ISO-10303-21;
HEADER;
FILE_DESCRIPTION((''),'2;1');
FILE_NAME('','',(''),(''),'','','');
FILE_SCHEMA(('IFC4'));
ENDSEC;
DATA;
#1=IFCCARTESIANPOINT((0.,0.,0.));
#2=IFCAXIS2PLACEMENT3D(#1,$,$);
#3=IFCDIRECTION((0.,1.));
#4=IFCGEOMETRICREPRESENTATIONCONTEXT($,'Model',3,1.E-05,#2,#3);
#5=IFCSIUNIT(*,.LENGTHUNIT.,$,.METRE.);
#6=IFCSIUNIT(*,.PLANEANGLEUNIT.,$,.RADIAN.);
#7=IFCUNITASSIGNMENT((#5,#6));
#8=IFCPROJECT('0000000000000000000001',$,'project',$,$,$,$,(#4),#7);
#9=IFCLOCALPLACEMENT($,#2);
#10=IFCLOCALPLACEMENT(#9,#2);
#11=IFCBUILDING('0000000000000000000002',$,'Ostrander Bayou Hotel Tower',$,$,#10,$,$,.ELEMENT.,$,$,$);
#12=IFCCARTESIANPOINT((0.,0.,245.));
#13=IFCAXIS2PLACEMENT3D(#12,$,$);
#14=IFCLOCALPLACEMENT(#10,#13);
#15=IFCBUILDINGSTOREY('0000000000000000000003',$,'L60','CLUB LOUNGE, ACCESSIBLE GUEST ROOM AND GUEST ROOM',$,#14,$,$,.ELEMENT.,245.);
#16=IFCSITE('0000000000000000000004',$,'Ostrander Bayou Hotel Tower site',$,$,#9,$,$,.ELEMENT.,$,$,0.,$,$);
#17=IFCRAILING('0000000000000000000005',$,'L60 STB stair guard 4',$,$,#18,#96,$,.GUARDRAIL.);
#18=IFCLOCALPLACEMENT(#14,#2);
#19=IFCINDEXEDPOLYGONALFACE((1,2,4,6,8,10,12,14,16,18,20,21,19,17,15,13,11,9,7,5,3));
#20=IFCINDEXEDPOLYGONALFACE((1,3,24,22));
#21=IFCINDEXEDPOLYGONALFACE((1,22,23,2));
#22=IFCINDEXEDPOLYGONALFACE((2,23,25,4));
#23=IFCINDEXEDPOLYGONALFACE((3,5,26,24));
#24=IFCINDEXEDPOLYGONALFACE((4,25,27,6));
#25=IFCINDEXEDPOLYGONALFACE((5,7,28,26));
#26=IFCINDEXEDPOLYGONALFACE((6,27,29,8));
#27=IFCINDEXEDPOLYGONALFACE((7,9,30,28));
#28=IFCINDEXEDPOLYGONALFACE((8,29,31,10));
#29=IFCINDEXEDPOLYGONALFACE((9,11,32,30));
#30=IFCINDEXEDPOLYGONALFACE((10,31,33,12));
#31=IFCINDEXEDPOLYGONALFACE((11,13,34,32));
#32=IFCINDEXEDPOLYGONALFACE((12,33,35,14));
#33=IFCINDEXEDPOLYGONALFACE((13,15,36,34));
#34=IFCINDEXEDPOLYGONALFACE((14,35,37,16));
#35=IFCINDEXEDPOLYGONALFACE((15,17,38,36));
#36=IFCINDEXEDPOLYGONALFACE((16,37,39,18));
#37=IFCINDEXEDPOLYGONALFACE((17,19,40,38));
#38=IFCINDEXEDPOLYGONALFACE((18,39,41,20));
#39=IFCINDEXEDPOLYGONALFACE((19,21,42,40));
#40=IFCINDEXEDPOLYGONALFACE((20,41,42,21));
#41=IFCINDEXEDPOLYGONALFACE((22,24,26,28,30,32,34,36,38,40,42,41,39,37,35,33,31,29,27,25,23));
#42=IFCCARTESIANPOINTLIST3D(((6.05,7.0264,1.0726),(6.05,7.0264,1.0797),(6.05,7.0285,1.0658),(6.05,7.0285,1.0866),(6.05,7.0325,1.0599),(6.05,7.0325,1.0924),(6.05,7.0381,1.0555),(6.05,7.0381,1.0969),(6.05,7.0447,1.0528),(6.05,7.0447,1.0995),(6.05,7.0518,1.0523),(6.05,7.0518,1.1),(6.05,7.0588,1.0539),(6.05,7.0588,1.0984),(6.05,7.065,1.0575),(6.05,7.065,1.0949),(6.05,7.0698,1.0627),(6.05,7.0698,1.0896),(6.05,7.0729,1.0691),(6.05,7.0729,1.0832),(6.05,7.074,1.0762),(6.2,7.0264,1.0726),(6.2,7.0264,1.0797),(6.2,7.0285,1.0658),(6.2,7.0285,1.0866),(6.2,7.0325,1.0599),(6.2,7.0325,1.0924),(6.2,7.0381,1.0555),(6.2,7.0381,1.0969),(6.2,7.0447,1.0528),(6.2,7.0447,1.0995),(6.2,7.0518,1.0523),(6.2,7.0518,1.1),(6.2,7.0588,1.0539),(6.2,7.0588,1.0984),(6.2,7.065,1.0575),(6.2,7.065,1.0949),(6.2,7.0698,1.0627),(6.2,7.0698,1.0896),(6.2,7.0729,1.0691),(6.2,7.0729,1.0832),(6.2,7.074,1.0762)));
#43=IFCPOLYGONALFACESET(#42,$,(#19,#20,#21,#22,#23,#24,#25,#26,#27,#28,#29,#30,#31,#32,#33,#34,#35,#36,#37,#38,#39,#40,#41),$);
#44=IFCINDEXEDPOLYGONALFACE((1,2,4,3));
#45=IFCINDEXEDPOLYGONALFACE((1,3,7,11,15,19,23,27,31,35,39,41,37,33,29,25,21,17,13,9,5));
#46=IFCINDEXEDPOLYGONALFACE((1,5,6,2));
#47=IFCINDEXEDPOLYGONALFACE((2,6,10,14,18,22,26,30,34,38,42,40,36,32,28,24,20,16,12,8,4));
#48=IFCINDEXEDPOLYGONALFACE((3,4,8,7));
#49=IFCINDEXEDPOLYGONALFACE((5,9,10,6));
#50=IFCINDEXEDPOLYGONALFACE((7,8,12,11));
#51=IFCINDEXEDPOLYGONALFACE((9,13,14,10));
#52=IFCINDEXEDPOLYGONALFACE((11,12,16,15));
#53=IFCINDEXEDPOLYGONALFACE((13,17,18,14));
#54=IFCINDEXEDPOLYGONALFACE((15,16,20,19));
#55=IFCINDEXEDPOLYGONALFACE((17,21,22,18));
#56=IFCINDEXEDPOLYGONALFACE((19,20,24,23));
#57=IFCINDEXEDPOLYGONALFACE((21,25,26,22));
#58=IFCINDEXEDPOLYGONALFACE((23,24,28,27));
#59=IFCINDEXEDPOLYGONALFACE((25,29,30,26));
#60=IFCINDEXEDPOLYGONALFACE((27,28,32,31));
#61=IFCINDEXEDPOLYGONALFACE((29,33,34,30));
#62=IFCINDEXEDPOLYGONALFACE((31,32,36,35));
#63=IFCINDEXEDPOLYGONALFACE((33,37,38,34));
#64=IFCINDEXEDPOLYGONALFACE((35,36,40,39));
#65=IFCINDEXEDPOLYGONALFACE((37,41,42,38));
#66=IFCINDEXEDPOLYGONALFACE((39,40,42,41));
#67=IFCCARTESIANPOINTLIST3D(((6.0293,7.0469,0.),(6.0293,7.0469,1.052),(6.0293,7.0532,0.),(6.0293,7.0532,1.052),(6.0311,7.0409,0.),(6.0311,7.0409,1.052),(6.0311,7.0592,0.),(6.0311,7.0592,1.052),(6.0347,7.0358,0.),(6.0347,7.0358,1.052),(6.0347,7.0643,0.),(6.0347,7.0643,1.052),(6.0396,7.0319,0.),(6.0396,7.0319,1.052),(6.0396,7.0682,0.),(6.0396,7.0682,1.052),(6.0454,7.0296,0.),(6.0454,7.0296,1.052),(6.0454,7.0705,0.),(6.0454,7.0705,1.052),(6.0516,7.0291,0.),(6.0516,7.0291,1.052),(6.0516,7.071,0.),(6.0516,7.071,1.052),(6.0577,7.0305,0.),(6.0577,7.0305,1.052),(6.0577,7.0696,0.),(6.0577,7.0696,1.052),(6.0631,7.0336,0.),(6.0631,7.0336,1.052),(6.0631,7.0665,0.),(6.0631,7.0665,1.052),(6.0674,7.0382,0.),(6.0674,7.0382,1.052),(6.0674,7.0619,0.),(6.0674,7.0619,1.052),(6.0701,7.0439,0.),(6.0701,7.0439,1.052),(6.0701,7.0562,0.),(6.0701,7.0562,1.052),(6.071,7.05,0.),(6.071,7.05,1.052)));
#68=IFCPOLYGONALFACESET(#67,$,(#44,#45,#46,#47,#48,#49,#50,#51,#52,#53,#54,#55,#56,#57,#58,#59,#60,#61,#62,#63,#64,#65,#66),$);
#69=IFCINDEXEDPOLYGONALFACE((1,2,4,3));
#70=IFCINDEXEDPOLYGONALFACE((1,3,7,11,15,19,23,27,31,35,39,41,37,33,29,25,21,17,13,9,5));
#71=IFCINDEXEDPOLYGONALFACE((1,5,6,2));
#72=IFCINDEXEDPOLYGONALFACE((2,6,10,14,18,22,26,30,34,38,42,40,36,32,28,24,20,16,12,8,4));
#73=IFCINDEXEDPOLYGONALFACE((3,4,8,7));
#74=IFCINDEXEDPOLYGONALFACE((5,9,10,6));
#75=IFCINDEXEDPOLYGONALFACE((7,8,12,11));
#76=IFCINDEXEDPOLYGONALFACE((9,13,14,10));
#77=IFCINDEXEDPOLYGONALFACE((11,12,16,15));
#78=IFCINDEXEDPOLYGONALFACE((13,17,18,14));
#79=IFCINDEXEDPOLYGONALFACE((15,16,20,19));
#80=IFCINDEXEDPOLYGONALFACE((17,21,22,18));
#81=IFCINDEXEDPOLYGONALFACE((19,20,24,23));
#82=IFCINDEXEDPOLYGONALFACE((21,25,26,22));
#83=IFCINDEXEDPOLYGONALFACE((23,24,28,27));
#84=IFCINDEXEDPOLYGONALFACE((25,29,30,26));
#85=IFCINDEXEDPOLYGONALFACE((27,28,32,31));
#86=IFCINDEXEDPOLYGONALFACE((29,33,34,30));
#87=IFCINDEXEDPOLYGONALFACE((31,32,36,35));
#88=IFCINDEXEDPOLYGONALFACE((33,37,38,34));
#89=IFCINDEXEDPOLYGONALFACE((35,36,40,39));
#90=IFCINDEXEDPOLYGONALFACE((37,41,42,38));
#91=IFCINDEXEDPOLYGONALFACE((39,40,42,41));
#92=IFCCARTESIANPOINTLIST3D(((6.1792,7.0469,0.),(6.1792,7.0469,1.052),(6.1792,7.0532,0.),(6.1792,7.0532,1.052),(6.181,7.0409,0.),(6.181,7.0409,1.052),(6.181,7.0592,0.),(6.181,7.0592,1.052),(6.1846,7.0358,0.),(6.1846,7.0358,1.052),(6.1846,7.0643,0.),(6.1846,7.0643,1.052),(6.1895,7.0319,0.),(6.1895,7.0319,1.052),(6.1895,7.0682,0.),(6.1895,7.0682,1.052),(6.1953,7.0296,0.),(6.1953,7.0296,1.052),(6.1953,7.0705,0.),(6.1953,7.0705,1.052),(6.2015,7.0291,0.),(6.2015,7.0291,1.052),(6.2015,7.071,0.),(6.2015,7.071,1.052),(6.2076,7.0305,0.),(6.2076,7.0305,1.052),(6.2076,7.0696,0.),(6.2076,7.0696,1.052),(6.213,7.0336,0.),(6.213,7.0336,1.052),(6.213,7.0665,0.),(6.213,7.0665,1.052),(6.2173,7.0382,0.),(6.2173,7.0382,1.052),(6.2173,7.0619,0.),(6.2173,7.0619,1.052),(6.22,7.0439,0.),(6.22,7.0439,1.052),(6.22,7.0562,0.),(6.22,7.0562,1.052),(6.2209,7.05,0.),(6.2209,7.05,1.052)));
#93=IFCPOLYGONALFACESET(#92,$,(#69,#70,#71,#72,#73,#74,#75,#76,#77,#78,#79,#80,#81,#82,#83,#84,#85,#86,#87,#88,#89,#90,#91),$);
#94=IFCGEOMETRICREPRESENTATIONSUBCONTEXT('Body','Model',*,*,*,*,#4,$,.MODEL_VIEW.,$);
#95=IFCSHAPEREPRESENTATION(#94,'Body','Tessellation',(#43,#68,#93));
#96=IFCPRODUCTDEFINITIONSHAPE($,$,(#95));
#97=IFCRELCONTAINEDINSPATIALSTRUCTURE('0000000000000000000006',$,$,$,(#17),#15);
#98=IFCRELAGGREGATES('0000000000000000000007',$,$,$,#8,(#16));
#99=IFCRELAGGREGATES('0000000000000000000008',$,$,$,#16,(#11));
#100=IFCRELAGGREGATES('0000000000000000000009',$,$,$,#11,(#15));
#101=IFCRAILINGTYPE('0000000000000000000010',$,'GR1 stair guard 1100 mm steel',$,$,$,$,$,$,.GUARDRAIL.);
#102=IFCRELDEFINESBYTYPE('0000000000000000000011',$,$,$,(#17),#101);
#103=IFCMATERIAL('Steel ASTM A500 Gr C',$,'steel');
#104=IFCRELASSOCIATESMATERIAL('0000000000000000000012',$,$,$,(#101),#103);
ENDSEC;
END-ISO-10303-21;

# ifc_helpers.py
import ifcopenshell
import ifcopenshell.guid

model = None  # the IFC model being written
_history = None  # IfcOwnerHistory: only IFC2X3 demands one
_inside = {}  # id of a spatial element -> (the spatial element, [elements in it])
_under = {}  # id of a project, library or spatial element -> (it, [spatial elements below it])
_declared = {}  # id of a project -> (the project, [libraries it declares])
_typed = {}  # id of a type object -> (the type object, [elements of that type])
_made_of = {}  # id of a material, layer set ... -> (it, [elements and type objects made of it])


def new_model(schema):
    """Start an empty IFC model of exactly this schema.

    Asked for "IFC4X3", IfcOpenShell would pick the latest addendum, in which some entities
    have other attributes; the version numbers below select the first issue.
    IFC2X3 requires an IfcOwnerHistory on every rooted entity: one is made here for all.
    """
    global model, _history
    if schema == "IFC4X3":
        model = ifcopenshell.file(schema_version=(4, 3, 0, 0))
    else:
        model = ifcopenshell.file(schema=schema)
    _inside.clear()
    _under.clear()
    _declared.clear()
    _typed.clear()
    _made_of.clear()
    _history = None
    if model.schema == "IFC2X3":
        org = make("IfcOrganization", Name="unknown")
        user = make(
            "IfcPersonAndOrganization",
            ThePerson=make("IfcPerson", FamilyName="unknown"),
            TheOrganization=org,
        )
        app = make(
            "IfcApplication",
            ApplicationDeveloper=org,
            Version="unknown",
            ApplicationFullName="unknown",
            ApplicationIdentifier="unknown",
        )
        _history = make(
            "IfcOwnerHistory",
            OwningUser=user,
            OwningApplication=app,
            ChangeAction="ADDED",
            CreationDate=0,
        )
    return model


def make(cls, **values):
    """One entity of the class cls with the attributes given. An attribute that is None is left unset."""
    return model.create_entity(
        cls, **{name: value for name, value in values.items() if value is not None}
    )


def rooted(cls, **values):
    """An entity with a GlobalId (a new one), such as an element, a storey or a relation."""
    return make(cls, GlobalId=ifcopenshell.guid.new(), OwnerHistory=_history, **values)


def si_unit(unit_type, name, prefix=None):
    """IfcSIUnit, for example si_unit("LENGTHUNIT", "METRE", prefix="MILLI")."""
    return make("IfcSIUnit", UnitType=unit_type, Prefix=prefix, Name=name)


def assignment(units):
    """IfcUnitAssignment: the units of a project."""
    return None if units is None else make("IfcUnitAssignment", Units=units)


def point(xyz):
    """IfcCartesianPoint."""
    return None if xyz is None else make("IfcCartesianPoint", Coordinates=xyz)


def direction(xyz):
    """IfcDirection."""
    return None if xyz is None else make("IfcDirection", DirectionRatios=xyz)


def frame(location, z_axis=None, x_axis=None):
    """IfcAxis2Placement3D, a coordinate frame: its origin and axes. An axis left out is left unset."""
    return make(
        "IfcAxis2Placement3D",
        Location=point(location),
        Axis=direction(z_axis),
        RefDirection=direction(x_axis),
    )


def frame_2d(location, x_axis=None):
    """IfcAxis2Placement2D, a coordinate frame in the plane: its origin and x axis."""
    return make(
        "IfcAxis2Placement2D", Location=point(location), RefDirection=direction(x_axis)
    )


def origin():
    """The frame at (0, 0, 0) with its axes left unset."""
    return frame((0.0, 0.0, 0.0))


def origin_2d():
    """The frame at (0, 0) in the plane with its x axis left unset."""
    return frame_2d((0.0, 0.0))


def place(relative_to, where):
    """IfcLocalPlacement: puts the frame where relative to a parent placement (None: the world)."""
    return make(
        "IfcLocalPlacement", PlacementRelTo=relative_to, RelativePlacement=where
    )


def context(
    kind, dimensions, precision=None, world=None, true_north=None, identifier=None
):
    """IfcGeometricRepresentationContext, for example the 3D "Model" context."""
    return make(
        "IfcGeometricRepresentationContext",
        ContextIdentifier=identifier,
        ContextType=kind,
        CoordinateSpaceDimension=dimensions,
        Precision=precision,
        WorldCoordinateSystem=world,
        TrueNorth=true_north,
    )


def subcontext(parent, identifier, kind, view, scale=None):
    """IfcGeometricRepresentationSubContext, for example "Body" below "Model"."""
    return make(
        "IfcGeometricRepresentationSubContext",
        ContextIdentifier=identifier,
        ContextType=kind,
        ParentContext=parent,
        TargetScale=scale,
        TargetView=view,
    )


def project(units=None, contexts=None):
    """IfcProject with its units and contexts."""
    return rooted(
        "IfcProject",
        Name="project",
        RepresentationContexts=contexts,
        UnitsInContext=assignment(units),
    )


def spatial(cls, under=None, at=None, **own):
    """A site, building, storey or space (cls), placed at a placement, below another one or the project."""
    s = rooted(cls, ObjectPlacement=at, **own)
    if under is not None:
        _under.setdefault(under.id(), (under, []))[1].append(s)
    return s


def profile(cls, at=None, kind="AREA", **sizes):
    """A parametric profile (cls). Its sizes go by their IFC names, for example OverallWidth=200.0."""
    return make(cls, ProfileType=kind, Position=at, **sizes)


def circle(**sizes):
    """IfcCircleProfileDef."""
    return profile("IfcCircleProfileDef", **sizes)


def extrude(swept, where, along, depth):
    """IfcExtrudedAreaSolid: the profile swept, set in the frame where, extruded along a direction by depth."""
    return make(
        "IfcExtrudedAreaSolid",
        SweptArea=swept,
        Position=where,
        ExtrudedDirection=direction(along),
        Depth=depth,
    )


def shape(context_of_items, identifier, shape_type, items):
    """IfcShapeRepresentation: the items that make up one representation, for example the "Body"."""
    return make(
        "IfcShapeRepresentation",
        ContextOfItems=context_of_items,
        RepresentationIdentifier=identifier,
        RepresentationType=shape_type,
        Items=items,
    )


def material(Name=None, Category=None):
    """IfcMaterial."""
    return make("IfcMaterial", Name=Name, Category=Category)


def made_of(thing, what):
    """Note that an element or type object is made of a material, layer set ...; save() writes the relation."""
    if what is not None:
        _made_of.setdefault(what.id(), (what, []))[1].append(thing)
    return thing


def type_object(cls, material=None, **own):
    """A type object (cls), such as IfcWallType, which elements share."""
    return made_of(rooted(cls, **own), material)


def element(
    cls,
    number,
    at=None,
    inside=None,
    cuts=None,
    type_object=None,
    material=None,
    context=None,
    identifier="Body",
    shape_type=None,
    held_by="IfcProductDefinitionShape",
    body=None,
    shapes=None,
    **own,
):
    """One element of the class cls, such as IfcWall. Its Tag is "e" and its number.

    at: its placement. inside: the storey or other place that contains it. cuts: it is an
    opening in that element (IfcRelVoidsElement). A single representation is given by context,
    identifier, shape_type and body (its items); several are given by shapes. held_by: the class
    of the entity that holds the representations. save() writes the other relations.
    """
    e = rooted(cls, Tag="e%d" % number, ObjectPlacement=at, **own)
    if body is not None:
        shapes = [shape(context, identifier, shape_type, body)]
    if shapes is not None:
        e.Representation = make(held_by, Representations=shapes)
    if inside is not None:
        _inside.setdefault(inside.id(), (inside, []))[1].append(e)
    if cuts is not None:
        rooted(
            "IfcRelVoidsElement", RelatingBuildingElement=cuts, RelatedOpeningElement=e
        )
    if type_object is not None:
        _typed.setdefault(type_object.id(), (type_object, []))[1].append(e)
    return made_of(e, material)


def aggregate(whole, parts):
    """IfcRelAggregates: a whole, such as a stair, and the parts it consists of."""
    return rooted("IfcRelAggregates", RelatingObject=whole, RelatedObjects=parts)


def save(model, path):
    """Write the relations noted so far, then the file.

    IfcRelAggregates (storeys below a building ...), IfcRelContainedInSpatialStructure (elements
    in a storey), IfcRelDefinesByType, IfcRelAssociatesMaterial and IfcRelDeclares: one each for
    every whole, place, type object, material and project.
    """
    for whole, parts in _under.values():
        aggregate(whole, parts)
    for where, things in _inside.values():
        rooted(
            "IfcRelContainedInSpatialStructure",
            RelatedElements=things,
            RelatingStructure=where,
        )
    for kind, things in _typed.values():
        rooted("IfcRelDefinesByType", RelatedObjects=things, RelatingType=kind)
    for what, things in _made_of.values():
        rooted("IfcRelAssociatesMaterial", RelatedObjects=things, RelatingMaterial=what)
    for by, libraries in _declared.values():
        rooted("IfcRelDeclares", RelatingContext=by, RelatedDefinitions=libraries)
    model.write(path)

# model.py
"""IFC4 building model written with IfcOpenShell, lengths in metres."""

from ifc_helpers import new_model, si_unit, direction, frame, origin, origin_2d, place, context, subcontext, project, spatial, circle, extrude, material, type_object, element, save


model = new_model("IFC4")

# Units and contexts
model_context = context("Model", 3, precision=1e-05, world=origin(), true_north=direction((0.0, 1.0)))
body_context = subcontext(model_context, "Body", "Model", "MODEL_VIEW")
ifc_project = project(units=[si_unit("LENGTHUNIT", "METRE"), si_unit("PLANEANGLEUNIT", "RADIAN")], contexts=[model_context])

# Site, building, storey
site_placement = place(None, origin())
site = spatial("IfcSite", under=ifc_project, at=site_placement, Name="Ostrander Bayou Hotel Tower site", CompositionType="ELEMENT", RefElevation=0.0)
building_placement = place(site_placement, origin())
building = spatial("IfcBuilding", under=site, at=building_placement, Name="Ostrander Bayou Hotel Tower", CompositionType="ELEMENT")
storey_placement = place(building_placement, frame((0.0, 0.0, 245.0)))
storey = spatial("IfcBuildingStorey", under=building, at=storey_placement, Name="L60", Description="CLUB LOUNGE, ACCESSIBLE GUEST ROOM AND GUEST ROOM", CompositionType="ELEMENT", Elevation=245.0)

# Railing
ifc_material_1 = material(Name="Steel ASTM A500 Gr C", Category="steel")
railing_type_1 = type_object("IfcRailingType", Name="GR1 stair guard 1100 mm steel", PredefinedType="GUARDRAIL", material=ifc_material_1)
railing_1_placement = place(storey_placement, frame((6.05, 7.05, 0.0)))
element("IfcRailing", 1, at=railing_1_placement, inside=storey, type_object=railing_type_1, Name="L60 STB stair guard 4", PredefinedType="GUARDRAIL", context=body_context, shape_type="SweptSolid", body=[
    extrude(circle(Radius=0.0239, at=origin_2d()), frame((0.0, 0.0, 1.0762), z_axis=(1.0, 0.0, 0.0), x_axis=(0.0, 1.0, 0.0)), (0.0, 0.0, 1.0), 0.1499),
    extrude(circle(Radius=0.021, at=origin_2d()), origin(), (0.0, 0.0, 1.0), 1.052),
    extrude(circle(Radius=0.021, at=origin_2d()), frame((0.1499, 0.0, 0.0)), (0.0, 0.0, 1.0), 1.052),
])

save(model, "model.ifc")
